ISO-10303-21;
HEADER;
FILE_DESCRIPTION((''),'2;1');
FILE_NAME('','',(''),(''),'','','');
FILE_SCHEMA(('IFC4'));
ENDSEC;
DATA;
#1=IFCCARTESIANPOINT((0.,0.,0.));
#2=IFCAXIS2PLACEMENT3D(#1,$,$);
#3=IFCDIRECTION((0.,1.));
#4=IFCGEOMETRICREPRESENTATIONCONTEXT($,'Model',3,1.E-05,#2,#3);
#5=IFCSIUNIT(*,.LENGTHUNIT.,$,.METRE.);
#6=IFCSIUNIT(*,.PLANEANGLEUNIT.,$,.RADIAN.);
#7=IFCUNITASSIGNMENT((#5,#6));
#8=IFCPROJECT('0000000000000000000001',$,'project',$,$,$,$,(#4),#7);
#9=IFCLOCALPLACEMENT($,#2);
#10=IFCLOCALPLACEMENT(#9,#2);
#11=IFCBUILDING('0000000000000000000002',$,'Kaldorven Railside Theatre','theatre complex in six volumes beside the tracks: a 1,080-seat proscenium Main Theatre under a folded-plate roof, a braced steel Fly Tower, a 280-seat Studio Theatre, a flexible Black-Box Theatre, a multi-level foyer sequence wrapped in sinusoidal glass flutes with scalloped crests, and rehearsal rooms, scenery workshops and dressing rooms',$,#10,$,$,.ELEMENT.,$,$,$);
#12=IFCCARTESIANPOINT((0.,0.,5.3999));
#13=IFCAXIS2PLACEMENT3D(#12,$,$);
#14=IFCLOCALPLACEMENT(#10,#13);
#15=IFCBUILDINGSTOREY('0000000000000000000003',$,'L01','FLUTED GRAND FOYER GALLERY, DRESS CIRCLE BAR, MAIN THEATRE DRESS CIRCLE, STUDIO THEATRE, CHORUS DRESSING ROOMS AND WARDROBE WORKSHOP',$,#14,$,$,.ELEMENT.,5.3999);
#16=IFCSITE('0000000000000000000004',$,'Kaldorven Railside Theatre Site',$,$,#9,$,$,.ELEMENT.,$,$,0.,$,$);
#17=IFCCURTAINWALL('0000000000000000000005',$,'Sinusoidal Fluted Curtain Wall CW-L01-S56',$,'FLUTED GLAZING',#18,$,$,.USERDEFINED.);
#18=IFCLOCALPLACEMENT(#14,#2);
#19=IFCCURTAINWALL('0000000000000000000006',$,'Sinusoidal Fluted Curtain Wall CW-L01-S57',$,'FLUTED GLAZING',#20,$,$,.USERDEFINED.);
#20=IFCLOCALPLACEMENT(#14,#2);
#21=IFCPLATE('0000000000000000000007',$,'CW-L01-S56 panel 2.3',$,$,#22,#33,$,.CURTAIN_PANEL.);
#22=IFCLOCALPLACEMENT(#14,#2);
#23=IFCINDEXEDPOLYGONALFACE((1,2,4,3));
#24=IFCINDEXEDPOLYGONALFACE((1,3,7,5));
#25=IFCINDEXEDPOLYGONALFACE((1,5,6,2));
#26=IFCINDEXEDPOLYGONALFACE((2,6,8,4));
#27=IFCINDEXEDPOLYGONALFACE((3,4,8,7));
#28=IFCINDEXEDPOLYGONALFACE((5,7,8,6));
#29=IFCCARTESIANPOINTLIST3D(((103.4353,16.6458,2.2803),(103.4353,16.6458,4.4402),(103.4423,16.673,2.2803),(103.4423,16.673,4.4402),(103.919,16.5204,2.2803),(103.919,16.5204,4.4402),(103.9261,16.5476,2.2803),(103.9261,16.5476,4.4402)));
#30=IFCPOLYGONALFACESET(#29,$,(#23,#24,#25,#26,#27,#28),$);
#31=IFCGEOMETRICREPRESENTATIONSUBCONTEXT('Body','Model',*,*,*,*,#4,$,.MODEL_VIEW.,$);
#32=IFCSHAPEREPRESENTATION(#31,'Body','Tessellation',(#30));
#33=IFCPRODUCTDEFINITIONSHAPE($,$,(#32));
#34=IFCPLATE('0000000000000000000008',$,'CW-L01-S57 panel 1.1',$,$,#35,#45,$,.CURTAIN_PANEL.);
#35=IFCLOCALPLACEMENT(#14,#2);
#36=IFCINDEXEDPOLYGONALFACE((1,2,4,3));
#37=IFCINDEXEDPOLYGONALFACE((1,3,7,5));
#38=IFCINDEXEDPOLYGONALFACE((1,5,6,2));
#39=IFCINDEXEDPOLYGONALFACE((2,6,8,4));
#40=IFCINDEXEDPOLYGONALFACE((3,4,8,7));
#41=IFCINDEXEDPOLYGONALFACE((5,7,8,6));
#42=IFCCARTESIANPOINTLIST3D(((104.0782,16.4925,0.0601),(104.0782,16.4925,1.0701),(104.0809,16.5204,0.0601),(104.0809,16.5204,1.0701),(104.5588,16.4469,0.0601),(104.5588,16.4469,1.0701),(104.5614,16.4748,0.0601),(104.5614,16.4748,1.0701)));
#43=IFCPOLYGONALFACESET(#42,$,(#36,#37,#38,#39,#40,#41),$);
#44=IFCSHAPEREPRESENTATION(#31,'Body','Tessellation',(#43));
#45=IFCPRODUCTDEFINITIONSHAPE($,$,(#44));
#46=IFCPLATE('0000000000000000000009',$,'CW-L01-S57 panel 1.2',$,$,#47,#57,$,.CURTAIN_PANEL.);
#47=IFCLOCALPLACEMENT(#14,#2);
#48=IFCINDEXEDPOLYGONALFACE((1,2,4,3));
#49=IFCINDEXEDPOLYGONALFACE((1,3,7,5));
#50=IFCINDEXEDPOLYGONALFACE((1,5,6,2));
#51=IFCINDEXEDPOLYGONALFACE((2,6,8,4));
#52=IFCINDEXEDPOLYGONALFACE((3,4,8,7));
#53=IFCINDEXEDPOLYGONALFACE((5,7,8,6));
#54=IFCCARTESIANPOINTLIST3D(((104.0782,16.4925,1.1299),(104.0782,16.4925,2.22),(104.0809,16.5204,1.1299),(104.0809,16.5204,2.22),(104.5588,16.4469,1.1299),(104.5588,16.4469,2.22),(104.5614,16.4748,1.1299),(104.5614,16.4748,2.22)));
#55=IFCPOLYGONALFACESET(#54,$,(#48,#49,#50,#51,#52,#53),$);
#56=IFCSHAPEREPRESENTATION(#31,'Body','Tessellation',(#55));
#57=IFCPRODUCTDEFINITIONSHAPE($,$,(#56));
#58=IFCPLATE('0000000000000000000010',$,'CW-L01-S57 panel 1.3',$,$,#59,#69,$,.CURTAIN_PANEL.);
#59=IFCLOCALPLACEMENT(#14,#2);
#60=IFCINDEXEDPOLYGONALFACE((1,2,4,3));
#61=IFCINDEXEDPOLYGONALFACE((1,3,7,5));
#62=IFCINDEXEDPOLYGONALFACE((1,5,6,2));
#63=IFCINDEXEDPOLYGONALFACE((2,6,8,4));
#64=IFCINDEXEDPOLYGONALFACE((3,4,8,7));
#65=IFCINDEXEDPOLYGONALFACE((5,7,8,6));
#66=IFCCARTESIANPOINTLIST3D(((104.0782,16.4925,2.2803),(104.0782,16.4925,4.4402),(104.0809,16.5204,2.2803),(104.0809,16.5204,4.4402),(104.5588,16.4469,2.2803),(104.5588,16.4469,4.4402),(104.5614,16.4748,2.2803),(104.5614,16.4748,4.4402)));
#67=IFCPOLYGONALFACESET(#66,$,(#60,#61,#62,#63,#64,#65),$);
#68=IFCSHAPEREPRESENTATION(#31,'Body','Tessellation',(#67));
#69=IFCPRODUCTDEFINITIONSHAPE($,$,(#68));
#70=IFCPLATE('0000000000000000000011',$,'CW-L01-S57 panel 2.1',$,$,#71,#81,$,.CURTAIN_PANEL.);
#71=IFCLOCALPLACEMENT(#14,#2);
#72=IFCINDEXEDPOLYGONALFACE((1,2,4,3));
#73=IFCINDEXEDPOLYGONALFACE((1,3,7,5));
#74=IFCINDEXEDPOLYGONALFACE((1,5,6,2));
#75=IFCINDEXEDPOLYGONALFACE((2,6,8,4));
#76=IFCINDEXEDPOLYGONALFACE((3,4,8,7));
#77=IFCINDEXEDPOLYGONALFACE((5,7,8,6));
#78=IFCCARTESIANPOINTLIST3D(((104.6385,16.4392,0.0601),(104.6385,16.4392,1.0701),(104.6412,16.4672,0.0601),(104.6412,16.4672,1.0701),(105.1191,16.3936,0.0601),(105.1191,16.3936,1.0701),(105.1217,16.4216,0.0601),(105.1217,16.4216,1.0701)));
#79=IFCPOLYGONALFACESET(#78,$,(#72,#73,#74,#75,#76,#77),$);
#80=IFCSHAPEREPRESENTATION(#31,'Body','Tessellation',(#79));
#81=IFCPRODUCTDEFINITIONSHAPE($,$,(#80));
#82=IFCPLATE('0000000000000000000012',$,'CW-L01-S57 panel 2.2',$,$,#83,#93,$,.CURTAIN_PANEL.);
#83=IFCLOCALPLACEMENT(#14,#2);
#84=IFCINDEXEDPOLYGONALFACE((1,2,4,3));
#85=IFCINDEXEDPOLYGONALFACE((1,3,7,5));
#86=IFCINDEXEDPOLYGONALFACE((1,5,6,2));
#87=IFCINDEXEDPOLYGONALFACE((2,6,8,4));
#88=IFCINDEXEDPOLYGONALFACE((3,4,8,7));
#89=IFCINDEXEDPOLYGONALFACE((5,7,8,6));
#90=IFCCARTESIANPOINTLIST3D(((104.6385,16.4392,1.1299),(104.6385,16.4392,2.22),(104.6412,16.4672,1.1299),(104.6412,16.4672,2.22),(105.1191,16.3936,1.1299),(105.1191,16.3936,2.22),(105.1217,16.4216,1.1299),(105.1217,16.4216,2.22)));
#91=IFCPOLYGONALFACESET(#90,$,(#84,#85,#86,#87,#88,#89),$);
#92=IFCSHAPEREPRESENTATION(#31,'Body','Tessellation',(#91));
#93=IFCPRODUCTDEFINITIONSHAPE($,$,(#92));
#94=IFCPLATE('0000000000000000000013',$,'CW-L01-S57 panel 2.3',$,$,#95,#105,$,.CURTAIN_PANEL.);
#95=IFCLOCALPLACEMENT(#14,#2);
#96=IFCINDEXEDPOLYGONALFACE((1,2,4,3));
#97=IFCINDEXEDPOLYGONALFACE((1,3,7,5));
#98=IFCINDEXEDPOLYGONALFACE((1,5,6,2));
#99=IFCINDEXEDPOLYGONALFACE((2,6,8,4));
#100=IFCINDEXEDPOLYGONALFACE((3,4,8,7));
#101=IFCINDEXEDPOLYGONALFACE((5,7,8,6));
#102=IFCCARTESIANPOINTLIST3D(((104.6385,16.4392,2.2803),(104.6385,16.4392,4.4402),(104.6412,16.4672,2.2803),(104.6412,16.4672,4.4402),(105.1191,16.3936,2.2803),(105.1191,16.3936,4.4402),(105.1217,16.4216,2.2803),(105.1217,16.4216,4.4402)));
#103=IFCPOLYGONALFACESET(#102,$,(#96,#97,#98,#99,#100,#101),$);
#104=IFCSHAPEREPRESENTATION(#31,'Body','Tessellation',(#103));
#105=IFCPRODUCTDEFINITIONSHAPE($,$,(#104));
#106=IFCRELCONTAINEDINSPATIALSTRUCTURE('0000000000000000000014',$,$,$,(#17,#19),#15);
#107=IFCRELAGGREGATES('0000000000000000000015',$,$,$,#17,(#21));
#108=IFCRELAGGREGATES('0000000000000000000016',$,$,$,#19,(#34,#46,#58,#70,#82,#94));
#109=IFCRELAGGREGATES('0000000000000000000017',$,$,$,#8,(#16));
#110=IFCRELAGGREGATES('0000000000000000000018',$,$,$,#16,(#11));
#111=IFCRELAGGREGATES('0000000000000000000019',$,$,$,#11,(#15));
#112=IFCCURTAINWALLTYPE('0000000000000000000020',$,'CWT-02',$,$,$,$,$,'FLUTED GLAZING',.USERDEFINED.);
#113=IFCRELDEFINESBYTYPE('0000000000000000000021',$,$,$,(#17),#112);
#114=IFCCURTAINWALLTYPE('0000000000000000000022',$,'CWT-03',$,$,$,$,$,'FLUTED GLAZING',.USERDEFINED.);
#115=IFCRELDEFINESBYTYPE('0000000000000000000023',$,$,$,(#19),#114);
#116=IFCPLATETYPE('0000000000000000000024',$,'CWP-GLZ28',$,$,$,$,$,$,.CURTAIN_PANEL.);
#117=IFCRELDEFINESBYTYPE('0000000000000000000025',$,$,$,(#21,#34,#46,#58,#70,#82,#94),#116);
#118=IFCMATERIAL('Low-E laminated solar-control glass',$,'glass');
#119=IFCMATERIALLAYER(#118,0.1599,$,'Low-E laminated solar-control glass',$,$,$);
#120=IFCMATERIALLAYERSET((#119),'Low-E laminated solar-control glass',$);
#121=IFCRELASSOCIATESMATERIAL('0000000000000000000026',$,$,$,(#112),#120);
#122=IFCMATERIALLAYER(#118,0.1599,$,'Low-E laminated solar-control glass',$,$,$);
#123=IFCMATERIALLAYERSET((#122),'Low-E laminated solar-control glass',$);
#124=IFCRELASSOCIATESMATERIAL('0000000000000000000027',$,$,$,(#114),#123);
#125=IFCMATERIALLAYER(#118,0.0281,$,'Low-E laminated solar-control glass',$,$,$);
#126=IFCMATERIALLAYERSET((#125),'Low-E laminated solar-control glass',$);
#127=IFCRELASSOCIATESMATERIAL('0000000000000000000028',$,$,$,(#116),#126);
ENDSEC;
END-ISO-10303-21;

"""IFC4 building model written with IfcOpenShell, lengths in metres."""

from ifc_helpers import new_model, si_unit, direction, frame, origin, origin_2d, place, context, subcontext, project, spatial, rectangle, extrude, material, layer, layer_set, type_object, element, aggregate, save


model = new_model("IFC4")

# Units and contexts
model_context = context("Model", 3, precision=1e-05, world=origin(), true_north=direction((0.0, 1.0)))
body_context = subcontext(model_context, "Body", "Model", "MODEL_VIEW")
ifc_project = project(units=[si_unit("LENGTHUNIT", "METRE"), si_unit("PLANEANGLEUNIT", "RADIAN")], contexts=[model_context])

# Site, building, storey
site_placement = place(None, origin())
site = spatial("IfcSite", under=ifc_project, at=site_placement, Name="Kaldorven Railside Theatre Site", CompositionType="ELEMENT", RefElevation=0.0)
building_placement = place(site_placement, origin())
building = spatial("IfcBuilding", under=site, at=building_placement, Name="Kaldorven Railside Theatre", Description="theatre complex in six volumes beside the tracks: a 1,080-seat proscenium Main Theatre under a folded-plate roof, a braced steel Fly Tower, a 280-seat Studio Theatre, a flexible Black-Box Theatre, a multi-level foyer sequence wrapped in sinusoidal glass flutes with scalloped crests, and rehearsal rooms, scenery workshops and dressing rooms", CompositionType="ELEMENT")
storey_placement = place(building_placement, frame((0.0, 0.0, 5.3999)))
storey = spatial("IfcBuildingStorey", under=building, at=storey_placement, Name="L01", Description="FLUTED GRAND FOYER GALLERY, DRESS CIRCLE BAR, MAIN THEATRE DRESS CIRCLE, STUDIO THEATRE, CHORUS DRESSING ROOMS AND WARDROBE WORKSHOP", CompositionType="ELEMENT", Elevation=5.3999)

# Curtain wall
ifc_material_1 = material(Name="Low-E laminated solar-control glass", Category="glass")
ifc_layer_1 = layer(ifc_material_1, 0.1599, Name="Low-E laminated solar-control glass")
ifc_layer_set_1 = layer_set([ifc_layer_1], Name="Low-E laminated solar-control glass")
curtain_wall_type_1 = type_object("IfcCurtainWallType", Name="CWT-02", ElementType="FLUTED GLAZING", PredefinedType="USERDEFINED", material=ifc_layer_set_1)
curtain_wall_1_placement = place(storey_placement, origin())
curtain_wall_1 = element("IfcCurtainWall", 1, at=curtain_wall_1_placement, inside=storey, type_object=curtain_wall_type_1, Name="Sinusoidal Fluted Curtain Wall CW-L01-S56", ObjectType="FLUTED GLAZING", PredefinedType="USERDEFINED")

# Curtain wall
ifc_layer_2 = layer(ifc_material_1, 0.1599, Name="Low-E laminated solar-control glass")
ifc_layer_set_2 = layer_set([ifc_layer_2], Name="Low-E laminated solar-control glass")
curtain_wall_type_2 = type_object("IfcCurtainWallType", Name="CWT-03", ElementType="FLUTED GLAZING", PredefinedType="USERDEFINED", material=ifc_layer_set_2)
curtain_wall_2_placement = place(storey_placement, origin())
curtain_wall_2 = element("IfcCurtainWall", 2, at=curtain_wall_2_placement, inside=storey, type_object=curtain_wall_type_2, Name="Sinusoidal Fluted Curtain Wall CW-L01-S57", ObjectType="FLUTED GLAZING", PredefinedType="USERDEFINED")

# Plates
ifc_layer_3 = layer(ifc_material_1, 0.0281, Name="Low-E laminated solar-control glass")
ifc_layer_set_3 = layer_set([ifc_layer_3], Name="Low-E laminated solar-control glass")
plate_type = type_object("IfcPlateType", Name="CWP-GLZ28", PredefinedType="CURTAIN_PANEL", material=ifc_layer_set_3)
plate_1_placement = place(storey_placement, frame((103.6807, 16.5967, 2.2803), z_axis=(0.0, 0.0, 1.0), x_axis=(0.967999, -0.250954, 0.0)))
plate_1 = element("IfcPlate", 3, at=plate_1_placement, type_object=plate_type, Name="CW-L01-S56 panel 2.3", PredefinedType="CURTAIN_PANEL", context=body_context, shape_type="SweptSolid", body=[
    extrude(rectangle(XDim=0.4998, YDim=0.0281, at=origin_2d()), origin(), (0.0, 0.0, 1.0), 2.1599),
])
aggregate(curtain_wall_1, [plate_1])
plate_2_placement = place(storey_placement, frame((104.3198, 16.4836, 0.0601), z_axis=(0.0, 0.0, 1.0), x_axis=(0.995526, -0.094492, 0.0)))
plate_2 = element("IfcPlate", 4, at=plate_2_placement, type_object=plate_type, Name="CW-L01-S57 panel 1.1", PredefinedType="CURTAIN_PANEL", context=body_context, shape_type="SweptSolid", body=[
    extrude(rectangle(XDim=0.4827, YDim=0.0281, at=origin_2d()), origin(), (0.0, 0.0, 1.0), 1.01),
])
plate_3_placement = place(storey_placement, frame((104.3198, 16.4836, 1.1299), z_axis=(0.0, 0.0, 1.0), x_axis=(0.995526, -0.094492, 0.0)))
plate_3 = element("IfcPlate", 5, at=plate_3_placement, type_object=plate_type, Name="CW-L01-S57 panel 1.2", PredefinedType="CURTAIN_PANEL", context=body_context, shape_type="SweptSolid", body=[
    extrude(rectangle(XDim=0.4827, YDim=0.0281, at=origin_2d()), origin(), (0.0, 0.0, 1.0), 1.0901),
])
plate_4_placement = place(storey_placement, frame((104.3198, 16.4836, 2.2803), z_axis=(0.0, 0.0, 1.0), x_axis=(0.995526, -0.094492, 0.0)))
plate_4 = element("IfcPlate", 6, at=plate_4_placement, type_object=plate_type, Name="CW-L01-S57 panel 1.3", PredefinedType="CURTAIN_PANEL", context=body_context, shape_type="SweptSolid", body=[
    extrude(rectangle(XDim=0.4827, YDim=0.0281, at=origin_2d()), origin(), (0.0, 0.0, 1.0), 2.1599),
])
plate_5_placement = place(storey_placement, frame((104.8801, 16.4304, 0.0601), z_axis=(0.0, 0.0, 1.0), x_axis=(0.995526, -0.094492, 0.0)))
plate_5 = element("IfcPlate", 7, at=plate_5_placement, type_object=plate_type, Name="CW-L01-S57 panel 2.1", PredefinedType="CURTAIN_PANEL", context=body_context, shape_type="SweptSolid", body=[
    extrude(rectangle(XDim=0.4827, YDim=0.0281, at=origin_2d()), origin(), (0.0, 0.0, 1.0), 1.01),
])
plate_6_placement = place(storey_placement, frame((104.8801, 16.4304, 1.1299), z_axis=(0.0, 0.0, 1.0), x_axis=(0.995526, -0.094492, 0.0)))
plate_6 = element("IfcPlate", 8, at=plate_6_placement, type_object=plate_type, Name="CW-L01-S57 panel 2.2", PredefinedType="CURTAIN_PANEL", context=body_context, shape_type="SweptSolid", body=[
    extrude(rectangle(XDim=0.4827, YDim=0.0281, at=origin_2d()), origin(), (0.0, 0.0, 1.0), 1.0901),
])
plate_7_placement = place(storey_placement, frame((104.8801, 16.4304, 2.2803), z_axis=(0.0, 0.0, 1.0), x_axis=(0.995526, -0.094492, 0.0)))
plate_7 = element("IfcPlate", 9, at=plate_7_placement, type_object=plate_type, Name="CW-L01-S57 panel 2.3", PredefinedType="CURTAIN_PANEL", context=body_context, shape_type="SweptSolid", body=[
    extrude(rectangle(XDim=0.4827, YDim=0.0281, at=origin_2d()), origin(), (0.0, 0.0, 1.0), 2.1599),
])
aggregate(curtain_wall_2, [plate_2, plate_3, plate_4, plate_5, plate_6, plate_7])

save(model, "model.ifc")
